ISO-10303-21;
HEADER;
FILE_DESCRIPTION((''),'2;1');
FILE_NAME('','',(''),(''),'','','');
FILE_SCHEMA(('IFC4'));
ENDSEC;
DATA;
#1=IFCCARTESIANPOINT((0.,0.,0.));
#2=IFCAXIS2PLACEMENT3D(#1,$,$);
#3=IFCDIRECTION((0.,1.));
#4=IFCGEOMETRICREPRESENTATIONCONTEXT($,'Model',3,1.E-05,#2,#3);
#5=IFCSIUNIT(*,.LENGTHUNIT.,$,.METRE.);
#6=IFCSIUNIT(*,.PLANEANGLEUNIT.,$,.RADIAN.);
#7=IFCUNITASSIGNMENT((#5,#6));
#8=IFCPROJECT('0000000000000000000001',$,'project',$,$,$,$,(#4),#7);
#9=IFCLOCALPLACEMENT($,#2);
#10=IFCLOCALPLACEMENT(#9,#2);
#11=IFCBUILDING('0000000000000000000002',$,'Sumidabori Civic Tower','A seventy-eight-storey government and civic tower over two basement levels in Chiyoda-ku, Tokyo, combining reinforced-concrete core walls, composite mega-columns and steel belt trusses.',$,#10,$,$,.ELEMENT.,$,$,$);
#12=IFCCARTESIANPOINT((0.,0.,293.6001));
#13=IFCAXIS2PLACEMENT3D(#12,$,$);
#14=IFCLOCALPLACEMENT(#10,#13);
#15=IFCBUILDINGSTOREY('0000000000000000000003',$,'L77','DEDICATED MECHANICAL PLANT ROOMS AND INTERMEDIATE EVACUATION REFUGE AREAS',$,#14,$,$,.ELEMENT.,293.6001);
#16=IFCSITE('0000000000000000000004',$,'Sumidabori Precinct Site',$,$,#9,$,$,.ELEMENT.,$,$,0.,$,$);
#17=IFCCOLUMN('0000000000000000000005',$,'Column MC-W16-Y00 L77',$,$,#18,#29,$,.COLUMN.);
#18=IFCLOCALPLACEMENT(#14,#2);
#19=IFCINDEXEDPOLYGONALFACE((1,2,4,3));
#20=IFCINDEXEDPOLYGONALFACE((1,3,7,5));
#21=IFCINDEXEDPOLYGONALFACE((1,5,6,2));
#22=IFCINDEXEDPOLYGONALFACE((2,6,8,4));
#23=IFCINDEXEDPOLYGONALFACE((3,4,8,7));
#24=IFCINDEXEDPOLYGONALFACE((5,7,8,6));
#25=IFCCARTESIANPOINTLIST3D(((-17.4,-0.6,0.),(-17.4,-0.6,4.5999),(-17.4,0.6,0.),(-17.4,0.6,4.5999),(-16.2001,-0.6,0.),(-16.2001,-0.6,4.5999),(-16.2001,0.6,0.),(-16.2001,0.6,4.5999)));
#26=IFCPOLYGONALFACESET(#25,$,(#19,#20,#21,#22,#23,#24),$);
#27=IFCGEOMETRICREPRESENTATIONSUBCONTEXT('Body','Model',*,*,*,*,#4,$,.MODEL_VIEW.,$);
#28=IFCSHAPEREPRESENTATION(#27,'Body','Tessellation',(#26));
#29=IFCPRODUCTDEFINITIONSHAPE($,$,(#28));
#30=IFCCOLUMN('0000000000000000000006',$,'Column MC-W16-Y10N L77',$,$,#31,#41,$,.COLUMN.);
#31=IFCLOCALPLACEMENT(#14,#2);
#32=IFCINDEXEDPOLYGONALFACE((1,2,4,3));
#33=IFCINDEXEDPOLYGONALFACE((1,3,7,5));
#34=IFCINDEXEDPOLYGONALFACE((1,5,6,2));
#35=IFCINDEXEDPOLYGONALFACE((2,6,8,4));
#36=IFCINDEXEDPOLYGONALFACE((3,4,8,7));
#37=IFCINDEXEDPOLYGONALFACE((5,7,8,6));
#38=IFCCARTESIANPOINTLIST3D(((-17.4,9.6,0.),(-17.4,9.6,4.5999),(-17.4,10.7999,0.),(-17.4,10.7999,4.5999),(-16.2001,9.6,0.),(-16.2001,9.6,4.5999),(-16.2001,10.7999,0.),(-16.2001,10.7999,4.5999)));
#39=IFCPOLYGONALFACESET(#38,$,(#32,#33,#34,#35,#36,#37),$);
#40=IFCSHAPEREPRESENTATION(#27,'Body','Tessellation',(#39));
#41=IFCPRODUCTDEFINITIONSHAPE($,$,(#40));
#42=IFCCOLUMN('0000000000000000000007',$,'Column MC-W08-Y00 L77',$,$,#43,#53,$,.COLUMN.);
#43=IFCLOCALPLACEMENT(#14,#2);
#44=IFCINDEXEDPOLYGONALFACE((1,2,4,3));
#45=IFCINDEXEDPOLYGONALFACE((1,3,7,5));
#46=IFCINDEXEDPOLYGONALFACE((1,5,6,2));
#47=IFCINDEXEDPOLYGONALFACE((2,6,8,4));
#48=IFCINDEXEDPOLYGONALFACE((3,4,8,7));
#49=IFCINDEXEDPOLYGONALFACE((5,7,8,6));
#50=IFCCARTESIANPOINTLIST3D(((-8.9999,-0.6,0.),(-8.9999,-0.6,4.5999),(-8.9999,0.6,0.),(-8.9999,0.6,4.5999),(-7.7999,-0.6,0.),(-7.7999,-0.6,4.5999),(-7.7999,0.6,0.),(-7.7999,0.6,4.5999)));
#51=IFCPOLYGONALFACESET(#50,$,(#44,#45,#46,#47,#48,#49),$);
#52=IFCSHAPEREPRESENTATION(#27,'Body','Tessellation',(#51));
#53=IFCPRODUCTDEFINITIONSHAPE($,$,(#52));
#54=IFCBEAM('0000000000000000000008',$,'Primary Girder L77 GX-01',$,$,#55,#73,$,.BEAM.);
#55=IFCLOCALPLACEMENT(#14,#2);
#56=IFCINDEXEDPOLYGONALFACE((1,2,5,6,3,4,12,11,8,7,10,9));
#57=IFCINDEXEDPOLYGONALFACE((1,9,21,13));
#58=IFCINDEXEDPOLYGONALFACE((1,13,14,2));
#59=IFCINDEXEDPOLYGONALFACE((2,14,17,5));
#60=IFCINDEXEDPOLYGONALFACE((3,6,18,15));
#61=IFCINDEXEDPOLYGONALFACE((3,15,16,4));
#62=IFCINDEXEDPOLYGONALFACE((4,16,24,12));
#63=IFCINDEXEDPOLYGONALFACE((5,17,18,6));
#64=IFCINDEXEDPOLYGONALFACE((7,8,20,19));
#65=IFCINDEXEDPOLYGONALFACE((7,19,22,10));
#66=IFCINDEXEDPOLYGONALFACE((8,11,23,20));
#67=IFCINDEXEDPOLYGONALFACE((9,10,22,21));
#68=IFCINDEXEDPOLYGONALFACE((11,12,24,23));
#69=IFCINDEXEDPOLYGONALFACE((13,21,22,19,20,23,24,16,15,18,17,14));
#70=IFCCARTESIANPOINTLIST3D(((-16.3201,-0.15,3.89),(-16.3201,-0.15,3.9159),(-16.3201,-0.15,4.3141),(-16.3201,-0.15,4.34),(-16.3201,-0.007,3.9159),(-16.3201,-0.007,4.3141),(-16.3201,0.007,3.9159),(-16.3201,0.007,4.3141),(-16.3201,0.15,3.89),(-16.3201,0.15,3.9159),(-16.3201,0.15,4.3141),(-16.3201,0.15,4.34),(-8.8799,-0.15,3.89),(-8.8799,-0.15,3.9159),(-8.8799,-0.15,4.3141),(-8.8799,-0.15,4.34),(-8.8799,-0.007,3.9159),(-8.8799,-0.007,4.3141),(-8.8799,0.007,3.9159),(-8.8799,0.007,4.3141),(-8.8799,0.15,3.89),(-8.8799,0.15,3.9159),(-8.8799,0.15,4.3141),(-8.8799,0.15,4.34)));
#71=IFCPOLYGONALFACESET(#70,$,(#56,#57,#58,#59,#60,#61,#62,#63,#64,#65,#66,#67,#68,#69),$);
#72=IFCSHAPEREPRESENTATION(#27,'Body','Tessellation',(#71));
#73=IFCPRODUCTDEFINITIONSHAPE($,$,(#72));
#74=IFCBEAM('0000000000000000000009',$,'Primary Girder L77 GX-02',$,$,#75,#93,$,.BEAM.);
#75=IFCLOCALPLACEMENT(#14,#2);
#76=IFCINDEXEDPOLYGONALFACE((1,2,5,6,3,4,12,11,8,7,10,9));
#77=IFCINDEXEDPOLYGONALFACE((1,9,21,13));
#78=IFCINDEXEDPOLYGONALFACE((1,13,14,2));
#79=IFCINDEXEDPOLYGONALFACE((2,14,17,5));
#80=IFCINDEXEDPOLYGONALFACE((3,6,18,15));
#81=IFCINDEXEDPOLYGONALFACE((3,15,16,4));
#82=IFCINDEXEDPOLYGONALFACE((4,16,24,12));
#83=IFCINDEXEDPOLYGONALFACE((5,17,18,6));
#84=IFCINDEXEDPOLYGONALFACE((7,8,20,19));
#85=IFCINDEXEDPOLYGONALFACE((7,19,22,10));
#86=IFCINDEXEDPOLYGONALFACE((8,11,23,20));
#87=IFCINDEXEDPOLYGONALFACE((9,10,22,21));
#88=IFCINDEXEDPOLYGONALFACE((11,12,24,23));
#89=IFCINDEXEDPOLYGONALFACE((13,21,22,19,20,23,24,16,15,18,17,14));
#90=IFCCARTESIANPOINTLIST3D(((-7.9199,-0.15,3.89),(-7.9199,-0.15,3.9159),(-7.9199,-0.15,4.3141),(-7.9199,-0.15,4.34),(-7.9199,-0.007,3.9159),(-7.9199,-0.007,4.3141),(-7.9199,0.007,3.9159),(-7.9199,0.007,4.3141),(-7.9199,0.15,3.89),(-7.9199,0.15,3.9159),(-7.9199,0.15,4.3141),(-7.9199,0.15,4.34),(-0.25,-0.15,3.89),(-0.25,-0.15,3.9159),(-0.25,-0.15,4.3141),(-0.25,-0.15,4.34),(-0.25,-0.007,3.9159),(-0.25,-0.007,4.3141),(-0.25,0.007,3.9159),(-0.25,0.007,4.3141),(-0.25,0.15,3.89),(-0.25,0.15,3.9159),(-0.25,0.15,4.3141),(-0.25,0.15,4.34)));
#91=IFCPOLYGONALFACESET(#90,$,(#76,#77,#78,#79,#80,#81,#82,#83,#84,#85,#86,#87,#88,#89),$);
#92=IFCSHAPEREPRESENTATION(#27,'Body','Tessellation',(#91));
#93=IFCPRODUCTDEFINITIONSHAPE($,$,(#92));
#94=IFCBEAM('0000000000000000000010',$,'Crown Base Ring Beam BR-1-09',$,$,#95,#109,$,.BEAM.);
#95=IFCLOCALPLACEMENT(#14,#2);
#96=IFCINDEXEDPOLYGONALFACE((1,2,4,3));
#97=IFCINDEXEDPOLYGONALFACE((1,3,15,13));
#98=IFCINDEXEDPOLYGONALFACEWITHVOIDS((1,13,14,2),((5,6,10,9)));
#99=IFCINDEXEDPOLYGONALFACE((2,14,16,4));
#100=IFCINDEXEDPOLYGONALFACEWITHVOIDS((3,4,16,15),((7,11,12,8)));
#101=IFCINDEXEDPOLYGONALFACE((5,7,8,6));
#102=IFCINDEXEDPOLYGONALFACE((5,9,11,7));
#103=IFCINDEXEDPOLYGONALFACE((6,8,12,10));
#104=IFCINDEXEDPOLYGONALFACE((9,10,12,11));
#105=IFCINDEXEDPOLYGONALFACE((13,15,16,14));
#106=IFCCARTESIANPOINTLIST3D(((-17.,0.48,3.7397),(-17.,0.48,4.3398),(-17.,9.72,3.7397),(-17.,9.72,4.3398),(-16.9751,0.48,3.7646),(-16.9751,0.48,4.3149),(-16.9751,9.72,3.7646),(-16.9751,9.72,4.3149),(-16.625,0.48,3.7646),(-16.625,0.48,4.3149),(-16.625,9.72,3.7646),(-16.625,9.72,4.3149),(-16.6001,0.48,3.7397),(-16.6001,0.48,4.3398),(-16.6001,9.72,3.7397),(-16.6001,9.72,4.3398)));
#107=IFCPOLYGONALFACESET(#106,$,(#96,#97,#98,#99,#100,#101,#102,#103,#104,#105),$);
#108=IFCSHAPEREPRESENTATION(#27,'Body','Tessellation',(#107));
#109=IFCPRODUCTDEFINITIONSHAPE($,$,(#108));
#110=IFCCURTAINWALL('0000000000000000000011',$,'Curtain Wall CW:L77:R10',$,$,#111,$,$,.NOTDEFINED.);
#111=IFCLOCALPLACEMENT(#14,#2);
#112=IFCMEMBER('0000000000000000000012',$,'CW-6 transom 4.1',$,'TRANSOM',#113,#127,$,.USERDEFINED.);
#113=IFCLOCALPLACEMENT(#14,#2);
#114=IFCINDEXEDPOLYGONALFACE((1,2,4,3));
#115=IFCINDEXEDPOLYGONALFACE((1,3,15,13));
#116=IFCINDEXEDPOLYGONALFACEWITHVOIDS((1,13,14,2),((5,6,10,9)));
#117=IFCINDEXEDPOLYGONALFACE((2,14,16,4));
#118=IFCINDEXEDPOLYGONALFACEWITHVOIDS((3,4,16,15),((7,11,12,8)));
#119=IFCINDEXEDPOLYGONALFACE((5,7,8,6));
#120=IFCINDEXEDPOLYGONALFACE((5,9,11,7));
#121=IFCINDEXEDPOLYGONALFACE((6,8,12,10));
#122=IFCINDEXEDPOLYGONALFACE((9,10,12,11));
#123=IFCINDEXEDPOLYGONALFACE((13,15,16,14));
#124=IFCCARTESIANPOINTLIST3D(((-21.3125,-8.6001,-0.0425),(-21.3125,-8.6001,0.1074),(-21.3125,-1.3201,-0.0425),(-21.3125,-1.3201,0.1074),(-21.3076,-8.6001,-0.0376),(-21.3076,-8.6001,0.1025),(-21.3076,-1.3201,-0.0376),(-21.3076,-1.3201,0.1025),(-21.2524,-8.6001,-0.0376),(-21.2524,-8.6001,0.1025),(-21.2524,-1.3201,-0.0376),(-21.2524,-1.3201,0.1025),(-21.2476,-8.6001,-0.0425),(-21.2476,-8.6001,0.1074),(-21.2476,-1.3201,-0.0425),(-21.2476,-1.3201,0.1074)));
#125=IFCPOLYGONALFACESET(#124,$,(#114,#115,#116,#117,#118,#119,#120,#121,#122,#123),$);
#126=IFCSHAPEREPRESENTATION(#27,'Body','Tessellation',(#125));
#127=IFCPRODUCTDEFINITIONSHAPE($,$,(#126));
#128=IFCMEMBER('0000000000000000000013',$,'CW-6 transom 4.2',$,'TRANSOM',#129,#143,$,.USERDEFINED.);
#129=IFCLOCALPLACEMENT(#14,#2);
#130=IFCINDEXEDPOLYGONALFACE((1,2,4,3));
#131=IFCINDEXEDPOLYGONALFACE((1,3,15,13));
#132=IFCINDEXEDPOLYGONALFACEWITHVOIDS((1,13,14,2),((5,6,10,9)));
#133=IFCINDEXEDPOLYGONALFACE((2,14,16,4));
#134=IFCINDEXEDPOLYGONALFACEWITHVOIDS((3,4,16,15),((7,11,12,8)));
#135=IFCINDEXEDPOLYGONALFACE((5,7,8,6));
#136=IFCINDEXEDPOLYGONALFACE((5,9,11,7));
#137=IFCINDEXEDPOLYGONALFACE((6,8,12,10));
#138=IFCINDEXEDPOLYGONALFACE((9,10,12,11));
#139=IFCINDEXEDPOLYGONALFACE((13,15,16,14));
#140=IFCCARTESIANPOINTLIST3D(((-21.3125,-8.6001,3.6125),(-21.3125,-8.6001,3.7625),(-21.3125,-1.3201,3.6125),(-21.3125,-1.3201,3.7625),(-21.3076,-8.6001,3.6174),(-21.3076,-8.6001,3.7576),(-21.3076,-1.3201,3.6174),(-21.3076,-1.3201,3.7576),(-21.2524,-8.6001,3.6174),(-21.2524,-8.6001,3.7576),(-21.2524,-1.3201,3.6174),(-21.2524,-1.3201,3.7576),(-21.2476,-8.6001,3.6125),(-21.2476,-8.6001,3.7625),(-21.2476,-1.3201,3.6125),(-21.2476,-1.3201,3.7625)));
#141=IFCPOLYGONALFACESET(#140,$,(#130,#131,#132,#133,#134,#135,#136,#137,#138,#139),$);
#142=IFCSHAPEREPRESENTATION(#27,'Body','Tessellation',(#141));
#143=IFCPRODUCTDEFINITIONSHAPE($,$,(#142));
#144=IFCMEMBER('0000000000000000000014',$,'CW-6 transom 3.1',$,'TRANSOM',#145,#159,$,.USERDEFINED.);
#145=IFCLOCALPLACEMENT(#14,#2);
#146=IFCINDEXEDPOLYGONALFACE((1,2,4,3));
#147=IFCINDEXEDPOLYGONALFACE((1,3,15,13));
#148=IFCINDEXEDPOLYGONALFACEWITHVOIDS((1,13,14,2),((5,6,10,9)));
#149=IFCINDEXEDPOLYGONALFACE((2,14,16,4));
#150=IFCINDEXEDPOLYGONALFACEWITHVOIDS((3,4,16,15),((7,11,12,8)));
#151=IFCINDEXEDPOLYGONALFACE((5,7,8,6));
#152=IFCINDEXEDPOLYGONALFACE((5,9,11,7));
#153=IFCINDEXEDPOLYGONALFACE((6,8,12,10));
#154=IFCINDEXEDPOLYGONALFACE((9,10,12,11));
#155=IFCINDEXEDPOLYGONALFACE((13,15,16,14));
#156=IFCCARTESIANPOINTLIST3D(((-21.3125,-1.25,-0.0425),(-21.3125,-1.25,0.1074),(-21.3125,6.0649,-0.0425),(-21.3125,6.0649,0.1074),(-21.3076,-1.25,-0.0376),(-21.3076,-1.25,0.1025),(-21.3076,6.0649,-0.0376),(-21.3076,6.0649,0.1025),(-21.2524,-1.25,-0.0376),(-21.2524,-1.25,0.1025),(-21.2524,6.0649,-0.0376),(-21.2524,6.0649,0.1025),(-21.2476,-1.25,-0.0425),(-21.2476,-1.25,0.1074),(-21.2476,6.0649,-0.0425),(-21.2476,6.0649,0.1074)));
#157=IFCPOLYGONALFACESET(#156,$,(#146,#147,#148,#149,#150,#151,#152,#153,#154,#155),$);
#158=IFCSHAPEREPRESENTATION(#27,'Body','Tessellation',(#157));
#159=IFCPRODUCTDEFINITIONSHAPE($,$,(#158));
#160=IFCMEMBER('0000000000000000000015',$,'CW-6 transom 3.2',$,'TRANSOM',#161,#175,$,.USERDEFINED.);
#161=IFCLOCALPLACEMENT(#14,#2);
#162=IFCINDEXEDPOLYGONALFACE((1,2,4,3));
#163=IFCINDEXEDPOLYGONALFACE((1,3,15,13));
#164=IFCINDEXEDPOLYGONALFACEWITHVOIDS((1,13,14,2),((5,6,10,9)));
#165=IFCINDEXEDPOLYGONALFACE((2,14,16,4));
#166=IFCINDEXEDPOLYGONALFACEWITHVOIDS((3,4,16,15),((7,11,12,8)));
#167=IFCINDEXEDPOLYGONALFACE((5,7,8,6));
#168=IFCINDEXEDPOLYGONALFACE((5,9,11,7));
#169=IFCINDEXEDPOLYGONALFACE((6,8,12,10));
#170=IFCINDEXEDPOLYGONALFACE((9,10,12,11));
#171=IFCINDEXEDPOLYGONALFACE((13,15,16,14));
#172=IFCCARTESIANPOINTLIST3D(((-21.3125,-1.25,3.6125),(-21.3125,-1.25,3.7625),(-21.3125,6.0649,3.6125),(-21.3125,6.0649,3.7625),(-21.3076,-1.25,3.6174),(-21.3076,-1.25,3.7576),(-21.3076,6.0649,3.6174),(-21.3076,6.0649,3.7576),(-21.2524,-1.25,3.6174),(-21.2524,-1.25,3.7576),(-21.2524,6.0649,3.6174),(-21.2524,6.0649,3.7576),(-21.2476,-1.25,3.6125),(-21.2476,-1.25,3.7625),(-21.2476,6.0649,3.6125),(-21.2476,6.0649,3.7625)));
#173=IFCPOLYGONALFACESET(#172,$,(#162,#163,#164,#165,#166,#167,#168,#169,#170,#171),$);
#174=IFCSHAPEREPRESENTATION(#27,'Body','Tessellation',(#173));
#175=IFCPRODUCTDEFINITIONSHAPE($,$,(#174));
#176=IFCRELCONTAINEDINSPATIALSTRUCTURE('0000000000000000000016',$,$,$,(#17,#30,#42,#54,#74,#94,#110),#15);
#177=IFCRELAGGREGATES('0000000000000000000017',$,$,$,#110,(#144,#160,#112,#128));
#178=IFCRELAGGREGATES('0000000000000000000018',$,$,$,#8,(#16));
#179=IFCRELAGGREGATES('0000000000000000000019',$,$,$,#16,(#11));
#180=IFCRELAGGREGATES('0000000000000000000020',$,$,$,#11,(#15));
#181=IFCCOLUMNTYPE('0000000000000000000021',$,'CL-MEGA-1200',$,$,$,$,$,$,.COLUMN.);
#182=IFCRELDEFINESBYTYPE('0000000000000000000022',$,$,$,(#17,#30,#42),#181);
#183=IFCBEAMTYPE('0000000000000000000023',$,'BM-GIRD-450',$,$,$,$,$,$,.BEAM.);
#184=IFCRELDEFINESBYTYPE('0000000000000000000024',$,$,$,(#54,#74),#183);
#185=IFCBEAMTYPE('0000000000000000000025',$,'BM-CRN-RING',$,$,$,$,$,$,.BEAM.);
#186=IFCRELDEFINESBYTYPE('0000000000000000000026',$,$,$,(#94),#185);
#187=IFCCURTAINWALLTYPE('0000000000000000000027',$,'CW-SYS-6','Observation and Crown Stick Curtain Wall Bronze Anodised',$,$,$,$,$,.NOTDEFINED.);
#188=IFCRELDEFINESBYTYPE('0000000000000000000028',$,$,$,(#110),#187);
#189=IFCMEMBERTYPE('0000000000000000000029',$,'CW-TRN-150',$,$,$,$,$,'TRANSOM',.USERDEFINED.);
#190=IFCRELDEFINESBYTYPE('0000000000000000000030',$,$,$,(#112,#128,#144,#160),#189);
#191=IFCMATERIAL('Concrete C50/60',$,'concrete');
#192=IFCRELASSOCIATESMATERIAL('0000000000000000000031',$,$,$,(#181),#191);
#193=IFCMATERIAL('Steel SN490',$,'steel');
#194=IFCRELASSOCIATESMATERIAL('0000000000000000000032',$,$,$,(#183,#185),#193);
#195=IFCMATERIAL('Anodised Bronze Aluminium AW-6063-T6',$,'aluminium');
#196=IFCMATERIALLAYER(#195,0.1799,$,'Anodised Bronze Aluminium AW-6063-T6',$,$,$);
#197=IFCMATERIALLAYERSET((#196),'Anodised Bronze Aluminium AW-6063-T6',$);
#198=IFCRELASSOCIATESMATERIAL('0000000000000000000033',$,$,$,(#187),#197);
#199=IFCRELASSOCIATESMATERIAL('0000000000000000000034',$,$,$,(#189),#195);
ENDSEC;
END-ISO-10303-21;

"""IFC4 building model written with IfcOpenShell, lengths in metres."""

from ifc_helpers import new_model, si_unit, direction, frame, origin, origin_2d, place, context, subcontext, project, spatial, rectangle, hollow_rectangle, i_section, extrude, source, transform, mapped, material, layer, layer_set, material_profile, profile_set, type_object, element, aggregate, save


model = new_model("IFC4")

# Units and contexts
model_context = context("Model", 3, precision=1e-05, world=origin(), true_north=direction((0.0, 1.0)))
body_context = subcontext(model_context, "Body", "Model", "MODEL_VIEW")
ifc_project = project(units=[si_unit("LENGTHUNIT", "METRE"), si_unit("PLANEANGLEUNIT", "RADIAN")], contexts=[model_context])

# Site, building, storey
site_placement = place(None, origin())
site = spatial("IfcSite", under=ifc_project, at=site_placement, Name="Sumidabori Precinct Site", CompositionType="ELEMENT", RefElevation=0.0)
building_placement = place(site_placement, origin())
building = spatial("IfcBuilding", under=site, at=building_placement, Name="Sumidabori Civic Tower", Description="A seventy-eight-storey government and civic tower over two basement levels in Chiyoda-ku, Tokyo, combining reinforced-concrete core walls, composite mega-columns and steel belt trusses.", CompositionType="ELEMENT")
storey_placement = place(building_placement, frame((0.0, 0.0, 293.6001)))
storey = spatial("IfcBuildingStorey", under=building, at=storey_placement, Name="L77", Description="DEDICATED MECHANICAL PLANT ROOMS AND INTERMEDIATE EVACUATION REFUGE AREAS", CompositionType="ELEMENT", Elevation=293.6001)

# Columns
ifc_material_1 = material(Name="Concrete C50/60", Category="concrete")
ifc_material_profile_1 = material_profile(ifc_material_1, rectangle(XDim=1.2, YDim=1.2, at=origin_2d()), Name="RC 1200x1200")
ifc_profile_set_1 = profile_set([ifc_material_profile_1], Name="Concrete C50/60")
column_type = type_object("IfcColumnType", Name="CL-MEGA-1200", PredefinedType="COLUMN", material=ifc_profile_set_1)
shared_shape_1 = source(origin(), body_context, "Body", "SweptSolid", [
    extrude(rectangle(XDim=1.2, YDim=1.2, at=origin_2d()), origin(), (0.0, 0.0, 1.0), 4.5999),
])
for number, where, z_axis, x_axis, name in (
    (1, (-16.8, 0.0, 0.0), (0.0, 0.0, 1.0), (1.0, 0.0, 0.0), "Column MC-W16-Y00 L77"),
    (2, (-16.8, 10.2, 0.0), (0.0, 0.0, 1.0), (1.0, 0.0, 0.0), "Column MC-W16-Y10N L77"),
    (3, (-8.3999, 0.0, 0.0), (0.0, 0.0, 1.0), (1.0, 0.0, 0.0), "Column MC-W08-Y00 L77"),
):
    element("IfcColumn", number, at=place(storey_placement, frame(where, z_axis=z_axis, x_axis=x_axis)), inside=storey, type_object=column_type, Name=name, PredefinedType="COLUMN", context=body_context, shape_type="MappedRepresentation", body=[
        mapped(shared_shape_1, transform((0.0, 0.0, 0.0), x_axis=(1.0, 0.0, 0.0), y_axis=(0.0, 1.0, 0.0), z_axis=(0.0, 0.0, 1.0), scale=1.0)),
    ])

# Beams
ifc_material_2 = material(Name="Steel SN490", Category="steel")
ifc_material_profile_2 = material_profile(ifc_material_2, i_section(OverallWidth=0.3, OverallDepth=0.45, WebThickness=0.0139, FlangeThickness=0.0259, at=origin_2d()), Name="HE 450 B")
ifc_profile_set_2 = profile_set([ifc_material_profile_2], Name="Steel SN490")
beam_type_1 = type_object("IfcBeamType", Name="BM-GIRD-450", PredefinedType="BEAM", material=ifc_profile_set_2)
shared_shape_2 = source(origin(), body_context, "Body", "SweptSolid", [
    extrude(i_section(OverallWidth=0.3, OverallDepth=0.45, WebThickness=0.0139, FlangeThickness=0.0259, at=origin_2d()), origin(), (0.0, 0.0, 1.0), 7.4402),
])
beam_1_placement = place(storey_placement, frame((-16.3201, 0.0, 4.115), z_axis=(1.0, 0.0, 0.0), x_axis=(0.0, 1.0, 0.0)))
element("IfcBeam", 4, at=beam_1_placement, inside=storey, type_object=beam_type_1, Name="Primary Girder L77 GX-01", PredefinedType="BEAM", context=body_context, shape_type="MappedRepresentation", body=[
    mapped(shared_shape_2, transform((0.0, 0.0, 0.0), x_axis=(1.0, 0.0, 0.0), y_axis=(0.0, 1.0, 0.0), z_axis=(0.0, 0.0, 1.0), scale=1.0)),
])
shared_shape_3 = source(origin(), body_context, "Body", "SweptSolid", [
    extrude(i_section(OverallWidth=0.3, OverallDepth=0.45, WebThickness=0.0139, FlangeThickness=0.0259, at=origin_2d()), origin(), (0.0, 0.0, 1.0), 7.6699),
])
beam_2_placement = place(storey_placement, frame((-7.9199, 0.0, 4.115), z_axis=(1.0, 0.0, 0.0), x_axis=(0.0, 1.0, 0.0)))
element("IfcBeam", 5, at=beam_2_placement, inside=storey, type_object=beam_type_1, Name="Primary Girder L77 GX-02", PredefinedType="BEAM", context=body_context, shape_type="MappedRepresentation", body=[
    mapped(shared_shape_3, transform((0.0, 0.0, 0.0), x_axis=(1.0, 0.0, 0.0), y_axis=(0.0, 1.0, 0.0), z_axis=(0.0, 0.0, 1.0), scale=1.0)),
])
ifc_material_profile_3 = material_profile(ifc_material_2, hollow_rectangle(XDim=0.3999, YDim=0.6001, WallThickness=0.0249, at=origin_2d()), Name="RHS 600x400x25")
ifc_profile_set_3 = profile_set([ifc_material_profile_3], Name="Steel SN490")
beam_type_2 = type_object("IfcBeamType", Name="BM-CRN-RING", PredefinedType="BEAM", material=ifc_profile_set_3)
shared_shape_4 = source(origin(), body_context, "Body", "SweptSolid", [
    extrude(hollow_rectangle(XDim=0.3999, YDim=0.6001, WallThickness=0.0249, at=origin_2d()), origin(), (0.0, 0.0, 1.0), 9.24),
])
beam_3_placement = place(storey_placement, frame((-16.8, 0.48, 4.0398), z_axis=(0.0, 1.0, 0.0), x_axis=(-1.0, 0.0, 0.0)))
element("IfcBeam", 6, at=beam_3_placement, inside=storey, type_object=beam_type_2, Name="Crown Base Ring Beam BR-1-09", PredefinedType="BEAM", context=body_context, shape_type="MappedRepresentation", body=[
    mapped(shared_shape_4, transform((0.0, 0.0, 0.0), x_axis=(1.0, 0.0, 0.0), y_axis=(0.0, 1.0, 0.0), z_axis=(0.0, 0.0, 1.0), scale=1.0)),
])

# Curtain wall, members
ifc_material_3 = material(Name="Anodised Bronze Aluminium AW-6063-T6", Category="aluminium")
ifc_layer_1 = layer(ifc_material_3, 0.1799, Name="Anodised Bronze Aluminium AW-6063-T6")
ifc_layer_set_1 = layer_set([ifc_layer_1], Name="Anodised Bronze Aluminium AW-6063-T6")
curtain_wall_type = type_object("IfcCurtainWallType", Name="CW-SYS-6", Description="Observation and Crown Stick Curtain Wall Bronze Anodised", PredefinedType="NOTDEFINED", material=ifc_layer_set_1)
curtain_wall_placement = place(storey_placement, origin())
curtain_wall = element("IfcCurtainWall", 7, at=curtain_wall_placement, inside=storey, type_object=curtain_wall_type, Name="Curtain Wall CW:L77:R10", PredefinedType="NOTDEFINED")
ifc_material_profile_4 = material_profile(ifc_material_3, hollow_rectangle(XDim=0.0649, YDim=0.1499, WallThickness=0.0049, at=origin_2d()), Name="ALU TRANSOM 150x65")
ifc_profile_set_4 = profile_set([ifc_material_profile_4], Name="Anodised Bronze Aluminium AW-6063-T6")
member_type_1 = type_object("IfcMemberType", Name="CW-TRN-150", ElementType="TRANSOM", PredefinedType="USERDEFINED", material=ifc_profile_set_4)
shared_shape_5 = source(origin(), body_context, "Body", "SweptSolid", [
    extrude(hollow_rectangle(XDim=0.0649, YDim=0.1499, WallThickness=0.0049, at=origin_2d()), origin(), (0.0, 0.0, 1.0), 7.28),
])
member_1_placement = place(storey_placement, frame((-21.28, -1.3201, 0.0325), z_axis=(0.0, -1.0, 0.0), x_axis=(1.0, 0.0, 0.0)))
member_1 = element("IfcMember", 8, at=member_1_placement, type_object=member_type_1, Name="CW-6 transom 4.1", ObjectType="TRANSOM", PredefinedType="USERDEFINED", context=body_context, shape_type="MappedRepresentation", body=[
    mapped(shared_shape_5, transform((0.0, 0.0, 0.0), x_axis=(1.0, 0.0, 0.0), y_axis=(0.0, 1.0, 0.0), z_axis=(0.0, 0.0, 1.0), scale=1.0)),
])
member_2_placement = place(storey_placement, frame((-21.28, -1.3201, 3.6875), z_axis=(0.0, -1.0, 0.0), x_axis=(1.0, 0.0, 0.0)))
member_2 = element("IfcMember", 9, at=member_2_placement, type_object=member_type_1, Name="CW-6 transom 4.2", ObjectType="TRANSOM", PredefinedType="USERDEFINED", context=body_context, shape_type="MappedRepresentation", body=[
    mapped(shared_shape_5, transform((0.0, 0.0, 0.0), x_axis=(1.0, 0.0, 0.0), y_axis=(0.0, 1.0, 0.0), z_axis=(0.0, 0.0, 1.0), scale=1.0)),
])
shared_shape_6 = source(origin(), body_context, "Body", "SweptSolid", [
    extrude(hollow_rectangle(XDim=0.0649, YDim=0.1499, WallThickness=0.0049, at=origin_2d()), origin(), (0.0, 0.0, 1.0), 7.3149),
])
member_3_placement = place(storey_placement, frame((-21.28, 6.0649, 0.0325), z_axis=(0.0, -1.0, 0.0), x_axis=(1.0, 0.0, 0.0)))
member_3 = element("IfcMember", 10, at=member_3_placement, type_object=member_type_1, Name="CW-6 transom 3.1", ObjectType="TRANSOM", PredefinedType="USERDEFINED", context=body_context, shape_type="MappedRepresentation", body=[
    mapped(shared_shape_6, transform((0.0, 0.0, 0.0), x_axis=(1.0, 0.0, 0.0), y_axis=(0.0, 1.0, 0.0), z_axis=(0.0, 0.0, 1.0), scale=1.0)),
])
member_4_placement = place(storey_placement, frame((-21.28, 6.0649, 3.6875), z_axis=(0.0, -1.0, 0.0), x_axis=(1.0, 0.0, 0.0)))
member_4 = element("IfcMember", 11, at=member_4_placement, type_object=member_type_1, Name="CW-6 transom 3.2", ObjectType="TRANSOM", PredefinedType="USERDEFINED", context=body_context, shape_type="MappedRepresentation", body=[
    mapped(shared_shape_6, transform((0.0, 0.0, 0.0), x_axis=(1.0, 0.0, 0.0), y_axis=(0.0, 1.0, 0.0), z_axis=(0.0, 0.0, 1.0), scale=1.0)),
])
aggregate(curtain_wall, [member_3, member_4, member_1, member_2])

save(model, "model.ifc")
